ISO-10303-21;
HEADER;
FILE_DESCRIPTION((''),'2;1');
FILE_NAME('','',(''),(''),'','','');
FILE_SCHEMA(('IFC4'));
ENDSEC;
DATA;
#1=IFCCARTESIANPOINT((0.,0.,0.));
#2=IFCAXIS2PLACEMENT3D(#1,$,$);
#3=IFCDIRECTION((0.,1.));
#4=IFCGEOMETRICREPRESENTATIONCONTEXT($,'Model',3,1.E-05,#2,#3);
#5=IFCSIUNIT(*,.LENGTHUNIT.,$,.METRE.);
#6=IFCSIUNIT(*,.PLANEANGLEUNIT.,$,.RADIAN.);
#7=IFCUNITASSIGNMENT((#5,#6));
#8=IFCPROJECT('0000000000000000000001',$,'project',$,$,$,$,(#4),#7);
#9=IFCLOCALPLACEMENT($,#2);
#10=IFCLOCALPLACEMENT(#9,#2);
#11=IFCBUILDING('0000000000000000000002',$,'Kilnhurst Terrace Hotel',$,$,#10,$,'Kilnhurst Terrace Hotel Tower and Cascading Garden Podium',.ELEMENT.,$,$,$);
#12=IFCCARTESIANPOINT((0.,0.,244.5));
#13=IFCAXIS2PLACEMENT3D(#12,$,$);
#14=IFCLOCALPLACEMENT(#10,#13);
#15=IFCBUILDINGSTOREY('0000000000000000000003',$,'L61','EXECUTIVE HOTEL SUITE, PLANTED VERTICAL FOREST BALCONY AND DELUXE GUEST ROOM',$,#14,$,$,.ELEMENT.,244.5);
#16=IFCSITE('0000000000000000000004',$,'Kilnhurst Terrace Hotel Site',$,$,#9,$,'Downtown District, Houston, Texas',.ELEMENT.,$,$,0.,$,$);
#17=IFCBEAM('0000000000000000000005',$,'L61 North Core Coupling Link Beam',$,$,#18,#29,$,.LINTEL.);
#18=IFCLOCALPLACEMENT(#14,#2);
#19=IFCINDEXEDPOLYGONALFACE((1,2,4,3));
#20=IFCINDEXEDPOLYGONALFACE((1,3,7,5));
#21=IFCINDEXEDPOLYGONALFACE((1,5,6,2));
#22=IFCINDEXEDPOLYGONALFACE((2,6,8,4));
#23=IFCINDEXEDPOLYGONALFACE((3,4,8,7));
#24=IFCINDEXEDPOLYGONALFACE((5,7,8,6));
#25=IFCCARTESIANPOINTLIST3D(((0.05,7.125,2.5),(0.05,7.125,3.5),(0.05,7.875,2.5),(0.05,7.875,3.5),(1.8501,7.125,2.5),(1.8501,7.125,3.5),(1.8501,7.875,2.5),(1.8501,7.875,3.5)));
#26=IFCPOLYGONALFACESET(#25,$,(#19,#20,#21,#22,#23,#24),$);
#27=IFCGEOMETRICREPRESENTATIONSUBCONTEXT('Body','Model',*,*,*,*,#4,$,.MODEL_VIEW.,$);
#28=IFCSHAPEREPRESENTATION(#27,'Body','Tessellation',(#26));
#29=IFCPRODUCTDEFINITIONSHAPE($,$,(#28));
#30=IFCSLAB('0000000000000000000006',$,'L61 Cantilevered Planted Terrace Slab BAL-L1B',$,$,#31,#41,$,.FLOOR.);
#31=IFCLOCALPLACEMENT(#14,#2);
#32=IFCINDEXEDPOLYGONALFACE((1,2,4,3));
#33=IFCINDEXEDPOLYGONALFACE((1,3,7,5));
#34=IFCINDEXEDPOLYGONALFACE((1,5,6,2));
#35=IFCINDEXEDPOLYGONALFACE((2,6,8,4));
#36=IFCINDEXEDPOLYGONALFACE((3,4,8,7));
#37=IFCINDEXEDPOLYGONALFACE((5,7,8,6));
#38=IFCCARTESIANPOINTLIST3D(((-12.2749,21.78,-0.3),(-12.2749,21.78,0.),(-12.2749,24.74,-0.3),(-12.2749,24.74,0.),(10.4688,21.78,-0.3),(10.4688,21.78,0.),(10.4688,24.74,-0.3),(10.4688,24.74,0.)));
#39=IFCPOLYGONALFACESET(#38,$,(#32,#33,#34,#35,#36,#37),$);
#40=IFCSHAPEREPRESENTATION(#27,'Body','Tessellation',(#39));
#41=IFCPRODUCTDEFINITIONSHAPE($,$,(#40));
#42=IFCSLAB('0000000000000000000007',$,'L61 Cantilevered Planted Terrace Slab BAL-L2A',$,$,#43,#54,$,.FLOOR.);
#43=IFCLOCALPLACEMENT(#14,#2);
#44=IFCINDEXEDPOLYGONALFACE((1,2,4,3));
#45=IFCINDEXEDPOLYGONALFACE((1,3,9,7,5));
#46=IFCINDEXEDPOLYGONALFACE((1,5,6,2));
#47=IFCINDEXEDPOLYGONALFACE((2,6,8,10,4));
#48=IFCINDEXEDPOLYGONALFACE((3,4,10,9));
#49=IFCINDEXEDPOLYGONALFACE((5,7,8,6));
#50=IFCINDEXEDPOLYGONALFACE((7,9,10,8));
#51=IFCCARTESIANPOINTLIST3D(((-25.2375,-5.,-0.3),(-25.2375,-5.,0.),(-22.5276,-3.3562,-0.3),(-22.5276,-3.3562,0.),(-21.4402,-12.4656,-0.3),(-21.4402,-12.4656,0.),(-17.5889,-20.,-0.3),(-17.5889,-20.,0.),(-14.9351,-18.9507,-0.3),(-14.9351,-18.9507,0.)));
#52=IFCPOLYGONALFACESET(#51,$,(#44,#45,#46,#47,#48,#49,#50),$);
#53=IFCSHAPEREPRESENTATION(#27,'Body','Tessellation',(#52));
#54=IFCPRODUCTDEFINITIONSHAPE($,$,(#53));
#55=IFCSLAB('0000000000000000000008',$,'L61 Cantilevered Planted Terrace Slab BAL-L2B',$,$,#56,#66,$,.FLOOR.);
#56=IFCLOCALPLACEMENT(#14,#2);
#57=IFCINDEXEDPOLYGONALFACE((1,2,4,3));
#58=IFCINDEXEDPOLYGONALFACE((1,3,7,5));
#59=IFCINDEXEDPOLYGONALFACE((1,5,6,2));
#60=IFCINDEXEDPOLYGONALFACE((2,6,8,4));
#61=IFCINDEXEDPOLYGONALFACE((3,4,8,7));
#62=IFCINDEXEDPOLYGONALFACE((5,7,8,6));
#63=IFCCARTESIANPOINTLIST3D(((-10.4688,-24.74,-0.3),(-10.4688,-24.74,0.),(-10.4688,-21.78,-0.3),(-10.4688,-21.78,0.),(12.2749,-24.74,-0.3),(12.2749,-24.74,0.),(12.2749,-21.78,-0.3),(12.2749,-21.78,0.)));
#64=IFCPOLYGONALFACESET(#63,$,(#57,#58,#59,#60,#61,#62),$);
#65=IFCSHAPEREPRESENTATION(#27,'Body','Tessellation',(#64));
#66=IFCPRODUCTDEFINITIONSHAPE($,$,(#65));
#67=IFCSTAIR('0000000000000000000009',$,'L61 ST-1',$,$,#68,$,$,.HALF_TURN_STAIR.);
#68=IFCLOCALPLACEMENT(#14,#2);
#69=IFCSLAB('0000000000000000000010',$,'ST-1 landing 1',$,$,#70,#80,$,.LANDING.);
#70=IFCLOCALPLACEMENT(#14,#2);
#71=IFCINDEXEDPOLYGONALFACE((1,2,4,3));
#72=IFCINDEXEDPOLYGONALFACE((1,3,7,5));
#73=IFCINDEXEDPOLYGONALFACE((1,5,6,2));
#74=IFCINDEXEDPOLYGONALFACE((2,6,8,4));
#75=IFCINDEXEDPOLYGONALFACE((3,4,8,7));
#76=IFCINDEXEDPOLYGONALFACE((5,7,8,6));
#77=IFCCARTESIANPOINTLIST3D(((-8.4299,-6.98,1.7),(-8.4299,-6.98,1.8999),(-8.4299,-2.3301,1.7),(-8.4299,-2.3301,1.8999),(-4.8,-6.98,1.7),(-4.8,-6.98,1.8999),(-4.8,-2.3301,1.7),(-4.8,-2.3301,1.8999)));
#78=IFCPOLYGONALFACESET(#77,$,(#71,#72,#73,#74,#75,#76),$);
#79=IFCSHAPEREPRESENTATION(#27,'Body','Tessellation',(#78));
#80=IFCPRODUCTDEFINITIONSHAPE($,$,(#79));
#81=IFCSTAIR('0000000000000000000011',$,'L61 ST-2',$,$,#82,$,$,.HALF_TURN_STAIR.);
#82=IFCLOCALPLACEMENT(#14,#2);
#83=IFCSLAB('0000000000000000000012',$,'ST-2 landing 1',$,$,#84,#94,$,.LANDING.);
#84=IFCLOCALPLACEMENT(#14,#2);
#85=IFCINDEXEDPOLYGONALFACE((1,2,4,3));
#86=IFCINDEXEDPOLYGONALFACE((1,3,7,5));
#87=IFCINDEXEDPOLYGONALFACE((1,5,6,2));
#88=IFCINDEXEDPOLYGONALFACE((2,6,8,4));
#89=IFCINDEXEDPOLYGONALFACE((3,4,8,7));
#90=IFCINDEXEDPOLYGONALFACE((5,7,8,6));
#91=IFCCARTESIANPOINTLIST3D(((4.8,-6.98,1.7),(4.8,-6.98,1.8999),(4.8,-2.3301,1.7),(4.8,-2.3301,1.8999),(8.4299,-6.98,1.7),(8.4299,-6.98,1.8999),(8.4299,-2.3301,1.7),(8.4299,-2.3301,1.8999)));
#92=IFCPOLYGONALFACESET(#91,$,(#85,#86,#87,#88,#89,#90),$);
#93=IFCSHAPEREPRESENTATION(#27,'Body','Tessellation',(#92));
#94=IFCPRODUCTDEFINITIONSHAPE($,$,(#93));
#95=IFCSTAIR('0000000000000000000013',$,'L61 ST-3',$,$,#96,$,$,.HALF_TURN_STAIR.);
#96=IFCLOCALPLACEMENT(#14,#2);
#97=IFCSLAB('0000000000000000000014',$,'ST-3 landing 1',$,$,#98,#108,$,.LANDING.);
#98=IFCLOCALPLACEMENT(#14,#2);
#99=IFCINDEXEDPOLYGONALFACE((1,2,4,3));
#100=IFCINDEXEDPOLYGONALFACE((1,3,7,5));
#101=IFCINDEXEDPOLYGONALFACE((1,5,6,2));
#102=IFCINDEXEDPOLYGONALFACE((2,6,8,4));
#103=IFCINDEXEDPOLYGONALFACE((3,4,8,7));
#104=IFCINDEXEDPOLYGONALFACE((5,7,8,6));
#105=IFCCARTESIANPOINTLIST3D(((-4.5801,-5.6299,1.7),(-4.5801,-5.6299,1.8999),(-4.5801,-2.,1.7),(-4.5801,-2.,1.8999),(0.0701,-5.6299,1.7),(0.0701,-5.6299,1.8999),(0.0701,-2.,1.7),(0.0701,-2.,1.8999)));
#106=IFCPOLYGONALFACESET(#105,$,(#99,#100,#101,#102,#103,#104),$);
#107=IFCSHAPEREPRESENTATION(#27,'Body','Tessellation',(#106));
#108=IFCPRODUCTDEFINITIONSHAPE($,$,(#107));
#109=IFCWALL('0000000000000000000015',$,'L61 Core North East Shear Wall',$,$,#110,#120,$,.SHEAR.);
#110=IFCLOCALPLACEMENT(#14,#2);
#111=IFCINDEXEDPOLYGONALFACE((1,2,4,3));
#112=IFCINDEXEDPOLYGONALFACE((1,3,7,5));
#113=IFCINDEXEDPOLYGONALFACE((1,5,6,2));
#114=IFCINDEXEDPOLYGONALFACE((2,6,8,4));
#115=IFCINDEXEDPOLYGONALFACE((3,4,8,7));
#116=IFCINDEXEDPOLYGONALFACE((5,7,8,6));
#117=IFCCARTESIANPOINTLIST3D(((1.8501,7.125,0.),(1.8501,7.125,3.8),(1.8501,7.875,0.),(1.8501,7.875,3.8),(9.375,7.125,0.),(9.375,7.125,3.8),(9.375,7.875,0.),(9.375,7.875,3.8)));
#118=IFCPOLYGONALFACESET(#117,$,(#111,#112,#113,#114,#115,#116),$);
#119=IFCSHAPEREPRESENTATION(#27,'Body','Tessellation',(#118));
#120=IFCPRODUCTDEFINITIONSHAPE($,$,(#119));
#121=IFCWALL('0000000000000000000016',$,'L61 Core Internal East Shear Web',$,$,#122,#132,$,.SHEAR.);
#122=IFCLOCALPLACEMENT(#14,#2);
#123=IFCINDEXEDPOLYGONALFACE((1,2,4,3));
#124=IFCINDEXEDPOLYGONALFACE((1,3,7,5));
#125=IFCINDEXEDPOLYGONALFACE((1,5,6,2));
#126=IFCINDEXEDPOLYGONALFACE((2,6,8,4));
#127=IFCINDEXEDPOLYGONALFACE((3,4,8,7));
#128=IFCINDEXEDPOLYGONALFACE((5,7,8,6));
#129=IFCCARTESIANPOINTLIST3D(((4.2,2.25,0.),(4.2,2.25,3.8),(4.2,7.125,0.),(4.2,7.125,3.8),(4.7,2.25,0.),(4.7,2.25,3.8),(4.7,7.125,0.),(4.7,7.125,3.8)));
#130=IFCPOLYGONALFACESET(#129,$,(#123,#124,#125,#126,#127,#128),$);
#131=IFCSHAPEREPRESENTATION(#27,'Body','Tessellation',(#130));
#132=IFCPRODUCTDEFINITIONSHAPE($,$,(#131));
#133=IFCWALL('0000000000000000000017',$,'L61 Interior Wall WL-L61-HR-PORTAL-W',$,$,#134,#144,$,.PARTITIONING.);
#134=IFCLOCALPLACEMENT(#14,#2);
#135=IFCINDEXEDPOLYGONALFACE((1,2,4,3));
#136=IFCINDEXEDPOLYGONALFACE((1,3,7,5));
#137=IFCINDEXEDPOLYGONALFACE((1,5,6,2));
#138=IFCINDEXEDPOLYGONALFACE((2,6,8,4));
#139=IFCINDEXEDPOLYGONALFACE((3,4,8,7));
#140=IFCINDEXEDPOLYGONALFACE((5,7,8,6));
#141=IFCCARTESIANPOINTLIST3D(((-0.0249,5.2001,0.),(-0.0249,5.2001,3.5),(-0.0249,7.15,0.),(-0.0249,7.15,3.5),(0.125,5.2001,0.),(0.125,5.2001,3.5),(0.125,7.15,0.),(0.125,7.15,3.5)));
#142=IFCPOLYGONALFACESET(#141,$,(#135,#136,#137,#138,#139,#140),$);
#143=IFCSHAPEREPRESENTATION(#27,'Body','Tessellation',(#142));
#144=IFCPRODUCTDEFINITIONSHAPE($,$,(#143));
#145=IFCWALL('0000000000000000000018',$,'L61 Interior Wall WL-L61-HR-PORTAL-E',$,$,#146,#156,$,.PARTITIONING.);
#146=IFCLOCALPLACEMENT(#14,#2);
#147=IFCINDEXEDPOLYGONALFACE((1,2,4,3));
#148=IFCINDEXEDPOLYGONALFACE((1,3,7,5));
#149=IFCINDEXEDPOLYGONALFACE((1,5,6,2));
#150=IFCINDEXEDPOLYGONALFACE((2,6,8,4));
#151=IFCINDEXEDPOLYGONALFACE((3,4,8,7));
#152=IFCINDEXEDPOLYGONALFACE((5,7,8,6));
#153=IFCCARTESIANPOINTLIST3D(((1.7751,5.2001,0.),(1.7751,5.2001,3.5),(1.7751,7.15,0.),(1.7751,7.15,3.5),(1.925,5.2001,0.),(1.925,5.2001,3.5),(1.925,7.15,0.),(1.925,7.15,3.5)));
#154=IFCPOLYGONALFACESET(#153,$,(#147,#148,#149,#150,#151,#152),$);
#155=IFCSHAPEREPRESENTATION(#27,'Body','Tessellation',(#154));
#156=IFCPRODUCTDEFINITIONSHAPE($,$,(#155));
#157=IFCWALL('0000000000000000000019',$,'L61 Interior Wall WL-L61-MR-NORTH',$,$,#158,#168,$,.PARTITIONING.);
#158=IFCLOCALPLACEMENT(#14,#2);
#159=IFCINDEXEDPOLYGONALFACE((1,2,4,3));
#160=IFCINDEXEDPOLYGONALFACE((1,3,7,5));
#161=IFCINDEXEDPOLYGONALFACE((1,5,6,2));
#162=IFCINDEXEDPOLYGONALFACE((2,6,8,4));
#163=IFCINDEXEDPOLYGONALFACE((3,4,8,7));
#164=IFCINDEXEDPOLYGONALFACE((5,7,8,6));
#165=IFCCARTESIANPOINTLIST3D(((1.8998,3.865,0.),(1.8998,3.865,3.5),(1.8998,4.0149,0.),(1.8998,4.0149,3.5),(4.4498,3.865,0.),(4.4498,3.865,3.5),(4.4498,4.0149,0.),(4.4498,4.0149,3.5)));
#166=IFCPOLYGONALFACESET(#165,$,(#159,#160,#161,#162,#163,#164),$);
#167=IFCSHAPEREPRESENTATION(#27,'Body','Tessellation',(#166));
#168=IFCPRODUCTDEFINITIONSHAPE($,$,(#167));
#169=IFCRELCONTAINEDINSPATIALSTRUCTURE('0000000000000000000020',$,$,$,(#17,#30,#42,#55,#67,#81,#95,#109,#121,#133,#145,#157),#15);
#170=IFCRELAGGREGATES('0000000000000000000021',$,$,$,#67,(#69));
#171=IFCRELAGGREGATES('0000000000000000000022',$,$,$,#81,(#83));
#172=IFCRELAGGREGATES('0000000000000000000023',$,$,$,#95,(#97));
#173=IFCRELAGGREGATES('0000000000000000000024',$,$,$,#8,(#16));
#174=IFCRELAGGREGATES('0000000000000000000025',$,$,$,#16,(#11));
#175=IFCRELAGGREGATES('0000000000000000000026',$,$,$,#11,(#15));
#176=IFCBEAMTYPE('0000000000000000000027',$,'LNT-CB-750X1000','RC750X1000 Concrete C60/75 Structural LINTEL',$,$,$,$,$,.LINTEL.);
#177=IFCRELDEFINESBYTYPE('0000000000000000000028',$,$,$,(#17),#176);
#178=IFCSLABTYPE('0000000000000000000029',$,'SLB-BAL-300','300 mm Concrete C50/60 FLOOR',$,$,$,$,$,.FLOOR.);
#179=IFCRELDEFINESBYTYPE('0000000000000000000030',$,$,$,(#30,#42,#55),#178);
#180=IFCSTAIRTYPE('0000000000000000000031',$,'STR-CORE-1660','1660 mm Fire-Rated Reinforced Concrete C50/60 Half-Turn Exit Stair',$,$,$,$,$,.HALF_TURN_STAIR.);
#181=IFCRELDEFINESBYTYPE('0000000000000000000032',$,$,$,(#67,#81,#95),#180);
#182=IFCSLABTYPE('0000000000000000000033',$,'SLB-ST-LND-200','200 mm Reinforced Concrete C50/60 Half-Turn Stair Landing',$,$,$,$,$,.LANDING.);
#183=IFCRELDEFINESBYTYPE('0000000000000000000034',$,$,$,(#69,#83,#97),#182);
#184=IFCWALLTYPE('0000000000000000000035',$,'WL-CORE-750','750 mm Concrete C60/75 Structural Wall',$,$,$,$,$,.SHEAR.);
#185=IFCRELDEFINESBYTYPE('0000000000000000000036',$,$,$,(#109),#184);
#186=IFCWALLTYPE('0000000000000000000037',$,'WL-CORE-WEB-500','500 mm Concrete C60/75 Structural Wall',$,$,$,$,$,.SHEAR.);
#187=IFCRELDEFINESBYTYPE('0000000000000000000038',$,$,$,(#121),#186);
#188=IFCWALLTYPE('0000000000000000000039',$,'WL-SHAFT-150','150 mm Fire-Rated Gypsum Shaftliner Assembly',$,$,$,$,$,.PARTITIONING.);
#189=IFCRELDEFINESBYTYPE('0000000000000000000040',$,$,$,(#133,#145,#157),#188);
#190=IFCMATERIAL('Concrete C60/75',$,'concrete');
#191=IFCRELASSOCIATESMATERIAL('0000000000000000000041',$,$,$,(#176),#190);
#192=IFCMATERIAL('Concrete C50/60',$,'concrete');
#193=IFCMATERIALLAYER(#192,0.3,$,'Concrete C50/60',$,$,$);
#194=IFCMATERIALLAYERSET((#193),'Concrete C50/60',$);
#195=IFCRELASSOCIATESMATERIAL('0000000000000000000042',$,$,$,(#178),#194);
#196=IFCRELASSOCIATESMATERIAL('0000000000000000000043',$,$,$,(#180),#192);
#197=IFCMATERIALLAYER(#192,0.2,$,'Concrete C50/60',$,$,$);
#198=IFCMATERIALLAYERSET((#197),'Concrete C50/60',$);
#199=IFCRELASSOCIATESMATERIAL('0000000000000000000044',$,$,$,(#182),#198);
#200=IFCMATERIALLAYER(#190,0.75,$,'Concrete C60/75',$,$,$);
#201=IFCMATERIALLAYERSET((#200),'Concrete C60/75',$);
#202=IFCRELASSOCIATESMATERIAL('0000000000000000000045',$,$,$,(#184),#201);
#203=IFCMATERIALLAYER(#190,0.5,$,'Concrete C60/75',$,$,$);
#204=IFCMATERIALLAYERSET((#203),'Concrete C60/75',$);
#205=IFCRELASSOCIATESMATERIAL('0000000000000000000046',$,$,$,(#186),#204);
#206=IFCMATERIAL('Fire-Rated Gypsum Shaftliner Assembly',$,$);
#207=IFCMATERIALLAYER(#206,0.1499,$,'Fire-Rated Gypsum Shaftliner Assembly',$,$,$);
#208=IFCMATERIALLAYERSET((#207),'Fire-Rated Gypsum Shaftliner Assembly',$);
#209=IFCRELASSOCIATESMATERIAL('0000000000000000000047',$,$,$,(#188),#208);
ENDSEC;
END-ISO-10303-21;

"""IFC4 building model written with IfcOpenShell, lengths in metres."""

from ifc_helpers import new_model, si_unit, direction, frame, frame_2d, origin, origin_2d, place, context, subcontext, project, spatial, polyline, rectangle, outline, extrude, material, layer, layer_set, material_profile, profile_set, type_object, element, aggregate, save


model = new_model("IFC4")

# Units and contexts
model_context = context("Model", 3, precision=1e-05, world=origin(), true_north=direction((0.0, 1.0)))
body_context = subcontext(model_context, "Body", "Model", "MODEL_VIEW")
ifc_project = project(units=[si_unit("LENGTHUNIT", "METRE"), si_unit("PLANEANGLEUNIT", "RADIAN")], contexts=[model_context])

# Site, building, storey
site_placement = place(None, origin())
site = spatial("IfcSite", under=ifc_project, at=site_placement, Name="Kilnhurst Terrace Hotel Site", LongName="Downtown District, Houston, Texas", CompositionType="ELEMENT", RefElevation=0.0)
building_placement = place(site_placement, origin())
building = spatial("IfcBuilding", under=site, at=building_placement, Name="Kilnhurst Terrace Hotel", LongName="Kilnhurst Terrace Hotel Tower and Cascading Garden Podium", CompositionType="ELEMENT")
storey_placement = place(building_placement, frame((0.0, 0.0, 244.5)))
storey = spatial("IfcBuildingStorey", under=building, at=storey_placement, Name="L61", Description="EXECUTIVE HOTEL SUITE, PLANTED VERTICAL FOREST BALCONY AND DELUXE GUEST ROOM", CompositionType="ELEMENT", Elevation=244.5)

# Beam
ifc_material_1 = material(Name="Concrete C60/75", Category="concrete")
ifc_material_profile = material_profile(ifc_material_1, rectangle(XDim=0.75, YDim=1.0, at=origin_2d()), Name="RC750X1000")
ifc_profile_set = profile_set([ifc_material_profile], Name="Concrete C60/75")
beam_type = type_object("IfcBeamType", Name="LNT-CB-750X1000", Description="RC750X1000 Concrete C60/75 Structural LINTEL", PredefinedType="LINTEL", material=ifc_profile_set)
beam_placement = place(storey_placement, frame((0.05, 7.5, 3.0), z_axis=(1.0, 0.0, 0.0), x_axis=(0.0, 1.0, 0.0)))
element("IfcBeam", 1, at=beam_placement, inside=storey, type_object=beam_type, Name="L61 North Core Coupling Link Beam", PredefinedType="LINTEL", context=body_context, shape_type="SweptSolid", body=[
    extrude(rectangle(XDim=0.75, YDim=1.0, at=origin_2d()), origin(), (0.0, 0.0, 1.0), 1.8),
])

# Slabs
ifc_material_2 = material(Name="Concrete C50/60", Category="concrete")
ifc_layer_1 = layer(ifc_material_2, 0.3, Name="Concrete C50/60")
ifc_layer_set_1 = layer_set([ifc_layer_1], Name="Concrete C50/60")
slab_type_1 = type_object("IfcSlabType", Name="SLB-BAL-300", Description="300 mm Concrete C50/60 FLOOR", PredefinedType="FLOOR", material=ifc_layer_set_1)
slab_1_placement = place(storey_placement, frame((0.0, 0.0, -0.3)))
element("IfcSlab", 2, at=slab_1_placement, inside=storey, type_object=slab_type_1, Name="L61 Cantilevered Planted Terrace Slab BAL-L1B", PredefinedType="FLOOR", context=body_context, shape_type="SweptSolid", body=[
    extrude(outline(polyline([(-12.2749, 21.78), (-12.2749, 24.74), (10.4688, 24.74), (10.4688, 21.78), (-12.2749, 21.78)])), origin(), (0.0, 0.0, 1.0), 0.3),
])
slab_2_placement = place(storey_placement, frame((0.0, 0.0, -0.3)))
element("IfcSlab", 3, at=slab_2_placement, inside=storey, type_object=slab_type_1, Name="L61 Cantilevered Planted Terrace Slab BAL-L2A", PredefinedType="FLOOR", context=body_context, shape_type="SweptSolid", body=[
    extrude(outline(polyline([(-25.2375, -5.0), (-22.5276, -3.3562), (-14.9351, -18.9507), (-17.5889, -20.0), (-21.4402, -12.4656), (-25.2375, -5.0)])), origin(), (0.0, 0.0, 1.0), 0.3),
])
slab_3_placement = place(storey_placement, frame((0.0, 0.0, -0.3)))
element("IfcSlab", 4, at=slab_3_placement, inside=storey, type_object=slab_type_1, Name="L61 Cantilevered Planted Terrace Slab BAL-L2B", PredefinedType="FLOOR", context=body_context, shape_type="SweptSolid", body=[
    extrude(outline(polyline([(12.2749, -21.78), (12.2749, -24.74), (-10.4688, -24.74), (-10.4688, -21.78), (12.2749, -21.78)])), origin(), (0.0, 0.0, 1.0), 0.3),
])

# Stairs, slabs
stair_type = type_object("IfcStairType", Name="STR-CORE-1660", Description="1660 mm Fire-Rated Reinforced Concrete C50/60 Half-Turn Exit Stair", PredefinedType="HALF_TURN_STAIR", material=ifc_material_2)
stair_1_placement = place(storey_placement, origin())
stair_1 = element("IfcStair", 5, at=stair_1_placement, inside=storey, type_object=stair_type, Name="L61 ST-1", PredefinedType="HALF_TURN_STAIR")
ifc_layer_2 = layer(ifc_material_2, 0.2, Name="Concrete C50/60")
ifc_layer_set_2 = layer_set([ifc_layer_2], Name="Concrete C50/60")
slab_type_2 = type_object("IfcSlabType", Name="SLB-ST-LND-200", Description="200 mm Reinforced Concrete C50/60 Half-Turn Stair Landing", PredefinedType="LANDING", material=ifc_layer_set_2)
slab_4_placement = place(storey_placement, frame((0.0, 0.0, 1.7)))
slab_4 = element("IfcSlab", 6, at=slab_4_placement, type_object=slab_type_2, Name="ST-1 landing 1", PredefinedType="LANDING", context=body_context, shape_type="SweptSolid", body=[
    extrude(outline(polyline([(-8.4299, -2.3301), (-4.8, -2.3301), (-4.8, -6.98), (-8.4299, -6.98), (-8.4299, -2.3301)])), origin(), (0.0, 0.0, 1.0), 0.2),
])
aggregate(stair_1, [slab_4])
stair_2_placement = place(storey_placement, origin())
stair_2 = element("IfcStair", 7, at=stair_2_placement, inside=storey, type_object=stair_type, Name="L61 ST-2", PredefinedType="HALF_TURN_STAIR")
slab_5_placement = place(storey_placement, frame((0.0, 0.0, 1.7)))
slab_5 = element("IfcSlab", 8, at=slab_5_placement, type_object=slab_type_2, Name="ST-2 landing 1", PredefinedType="LANDING", context=body_context, shape_type="SweptSolid", body=[
    extrude(outline(polyline([(4.8, -2.3301), (8.4299, -2.3301), (8.4299, -6.98), (4.8, -6.98), (4.8, -2.3301)])), origin(), (0.0, 0.0, 1.0), 0.2),
])
aggregate(stair_2, [slab_5])
stair_3_placement = place(storey_placement, origin())
stair_3 = element("IfcStair", 9, at=stair_3_placement, inside=storey, type_object=stair_type, Name="L61 ST-3", PredefinedType="HALF_TURN_STAIR")
slab_6_placement = place(storey_placement, frame((0.0, 0.0, 1.7)))
slab_6 = element("IfcSlab", 10, at=slab_6_placement, type_object=slab_type_2, Name="ST-3 landing 1", PredefinedType="LANDING", context=body_context, shape_type="SweptSolid", body=[
    extrude(outline(polyline([(0.0701, -2.0), (0.0701, -5.6299), (-4.5801, -5.6299), (-4.5801, -2.0), (0.0701, -2.0)])), origin(), (0.0, 0.0, 1.0), 0.2),
])
aggregate(stair_3, [slab_6])

# Walls
ifc_layer_3 = layer(ifc_material_1, 0.75, Name="Concrete C60/75")
ifc_layer_set_3 = layer_set([ifc_layer_3], Name="Concrete C60/75")
wall_type_1 = type_object("IfcWallType", Name="WL-CORE-750", Description="750 mm Concrete C60/75 Structural Wall", PredefinedType="SHEAR", material=ifc_layer_set_3)
wall_1_placement = place(storey_placement, frame((1.8501, 7.5, 0.0), z_axis=(0.0, 0.0, 1.0), x_axis=(1.0, 0.0, 0.0)))
element("IfcWall", 11, at=wall_1_placement, inside=storey, type_object=wall_type_1, Name="L61 Core North East Shear Wall", PredefinedType="SHEAR", context=body_context, shape_type="SweptSolid", body=[
    extrude(rectangle(XDim=7.5249, YDim=0.75, at=frame_2d((3.7625, 0.0))), origin(), (0.0, 0.0, 1.0), 3.8),
])
ifc_layer_4 = layer(ifc_material_1, 0.5, Name="Concrete C60/75")
ifc_layer_set_4 = layer_set([ifc_layer_4], Name="Concrete C60/75")
wall_type_2 = type_object("IfcWallType", Name="WL-CORE-WEB-500", Description="500 mm Concrete C60/75 Structural Wall", PredefinedType="SHEAR", material=ifc_layer_set_4)
wall_2_placement = place(storey_placement, frame((4.45, 2.25, 0.0), z_axis=(0.0, 0.0, 1.0), x_axis=(0.0, 1.0, 0.0)))
element("IfcWall", 12, at=wall_2_placement, inside=storey, type_object=wall_type_2, Name="L61 Core Internal East Shear Web", PredefinedType="SHEAR", context=body_context, shape_type="SweptSolid", body=[
    extrude(rectangle(XDim=4.875, YDim=0.5, at=frame_2d((2.4375, 0.0))), origin(), (0.0, 0.0, 1.0), 3.8),
])
ifc_material_3 = material(Name="Fire-Rated Gypsum Shaftliner Assembly")
ifc_layer_5 = layer(ifc_material_3, 0.1499, Name="Fire-Rated Gypsum Shaftliner Assembly")
ifc_layer_set_5 = layer_set([ifc_layer_5], Name="Fire-Rated Gypsum Shaftliner Assembly")
wall_type_3 = type_object("IfcWallType", Name="WL-SHAFT-150", Description="150 mm Fire-Rated Gypsum Shaftliner Assembly", PredefinedType="PARTITIONING", material=ifc_layer_set_5)
for number, where, z_axis, x_axis, name in (
    (13, (0.05, 5.2, 0.0), (0.0, 0.0, 1.0), (0.0, 1.0, 0.0), "L61 Interior Wall WL-L61-HR-PORTAL-W"),
    (14, (1.8501, 5.2, 0.0), (0.0, 0.0, 1.0), (0.0, 1.0, 0.0), "L61 Interior Wall WL-L61-HR-PORTAL-E"),
):
    element("IfcWall", number, at=place(storey_placement, frame(where, z_axis=z_axis, x_axis=x_axis)), inside=storey, type_object=wall_type_3, Name=name, PredefinedType="PARTITIONING", context=body_context, shape_type="SweptSolid", body=[
        extrude(rectangle(XDim=1.95, YDim=0.1499, at=frame_2d((0.9751, 0.0))), origin(), (0.0, 0.0, 1.0), 3.5),
    ])
wall_3_placement = place(storey_placement, frame((1.8999, 3.9399, 0.0), z_axis=(0.0, 0.0, 1.0), x_axis=(1.0, 0.0, 0.0)))
element("IfcWall", 15, at=wall_3_placement, inside=storey, type_object=wall_type_3, Name="L61 Interior Wall WL-L61-MR-NORTH", PredefinedType="PARTITIONING", context=body_context, shape_type="SweptSolid", body=[
    extrude(rectangle(XDim=2.55, YDim=0.1499, at=frame_2d((1.2749, 0.0))), origin(), (0.0, 0.0, 1.0), 3.5),
])

save(model, "model.ifc")
